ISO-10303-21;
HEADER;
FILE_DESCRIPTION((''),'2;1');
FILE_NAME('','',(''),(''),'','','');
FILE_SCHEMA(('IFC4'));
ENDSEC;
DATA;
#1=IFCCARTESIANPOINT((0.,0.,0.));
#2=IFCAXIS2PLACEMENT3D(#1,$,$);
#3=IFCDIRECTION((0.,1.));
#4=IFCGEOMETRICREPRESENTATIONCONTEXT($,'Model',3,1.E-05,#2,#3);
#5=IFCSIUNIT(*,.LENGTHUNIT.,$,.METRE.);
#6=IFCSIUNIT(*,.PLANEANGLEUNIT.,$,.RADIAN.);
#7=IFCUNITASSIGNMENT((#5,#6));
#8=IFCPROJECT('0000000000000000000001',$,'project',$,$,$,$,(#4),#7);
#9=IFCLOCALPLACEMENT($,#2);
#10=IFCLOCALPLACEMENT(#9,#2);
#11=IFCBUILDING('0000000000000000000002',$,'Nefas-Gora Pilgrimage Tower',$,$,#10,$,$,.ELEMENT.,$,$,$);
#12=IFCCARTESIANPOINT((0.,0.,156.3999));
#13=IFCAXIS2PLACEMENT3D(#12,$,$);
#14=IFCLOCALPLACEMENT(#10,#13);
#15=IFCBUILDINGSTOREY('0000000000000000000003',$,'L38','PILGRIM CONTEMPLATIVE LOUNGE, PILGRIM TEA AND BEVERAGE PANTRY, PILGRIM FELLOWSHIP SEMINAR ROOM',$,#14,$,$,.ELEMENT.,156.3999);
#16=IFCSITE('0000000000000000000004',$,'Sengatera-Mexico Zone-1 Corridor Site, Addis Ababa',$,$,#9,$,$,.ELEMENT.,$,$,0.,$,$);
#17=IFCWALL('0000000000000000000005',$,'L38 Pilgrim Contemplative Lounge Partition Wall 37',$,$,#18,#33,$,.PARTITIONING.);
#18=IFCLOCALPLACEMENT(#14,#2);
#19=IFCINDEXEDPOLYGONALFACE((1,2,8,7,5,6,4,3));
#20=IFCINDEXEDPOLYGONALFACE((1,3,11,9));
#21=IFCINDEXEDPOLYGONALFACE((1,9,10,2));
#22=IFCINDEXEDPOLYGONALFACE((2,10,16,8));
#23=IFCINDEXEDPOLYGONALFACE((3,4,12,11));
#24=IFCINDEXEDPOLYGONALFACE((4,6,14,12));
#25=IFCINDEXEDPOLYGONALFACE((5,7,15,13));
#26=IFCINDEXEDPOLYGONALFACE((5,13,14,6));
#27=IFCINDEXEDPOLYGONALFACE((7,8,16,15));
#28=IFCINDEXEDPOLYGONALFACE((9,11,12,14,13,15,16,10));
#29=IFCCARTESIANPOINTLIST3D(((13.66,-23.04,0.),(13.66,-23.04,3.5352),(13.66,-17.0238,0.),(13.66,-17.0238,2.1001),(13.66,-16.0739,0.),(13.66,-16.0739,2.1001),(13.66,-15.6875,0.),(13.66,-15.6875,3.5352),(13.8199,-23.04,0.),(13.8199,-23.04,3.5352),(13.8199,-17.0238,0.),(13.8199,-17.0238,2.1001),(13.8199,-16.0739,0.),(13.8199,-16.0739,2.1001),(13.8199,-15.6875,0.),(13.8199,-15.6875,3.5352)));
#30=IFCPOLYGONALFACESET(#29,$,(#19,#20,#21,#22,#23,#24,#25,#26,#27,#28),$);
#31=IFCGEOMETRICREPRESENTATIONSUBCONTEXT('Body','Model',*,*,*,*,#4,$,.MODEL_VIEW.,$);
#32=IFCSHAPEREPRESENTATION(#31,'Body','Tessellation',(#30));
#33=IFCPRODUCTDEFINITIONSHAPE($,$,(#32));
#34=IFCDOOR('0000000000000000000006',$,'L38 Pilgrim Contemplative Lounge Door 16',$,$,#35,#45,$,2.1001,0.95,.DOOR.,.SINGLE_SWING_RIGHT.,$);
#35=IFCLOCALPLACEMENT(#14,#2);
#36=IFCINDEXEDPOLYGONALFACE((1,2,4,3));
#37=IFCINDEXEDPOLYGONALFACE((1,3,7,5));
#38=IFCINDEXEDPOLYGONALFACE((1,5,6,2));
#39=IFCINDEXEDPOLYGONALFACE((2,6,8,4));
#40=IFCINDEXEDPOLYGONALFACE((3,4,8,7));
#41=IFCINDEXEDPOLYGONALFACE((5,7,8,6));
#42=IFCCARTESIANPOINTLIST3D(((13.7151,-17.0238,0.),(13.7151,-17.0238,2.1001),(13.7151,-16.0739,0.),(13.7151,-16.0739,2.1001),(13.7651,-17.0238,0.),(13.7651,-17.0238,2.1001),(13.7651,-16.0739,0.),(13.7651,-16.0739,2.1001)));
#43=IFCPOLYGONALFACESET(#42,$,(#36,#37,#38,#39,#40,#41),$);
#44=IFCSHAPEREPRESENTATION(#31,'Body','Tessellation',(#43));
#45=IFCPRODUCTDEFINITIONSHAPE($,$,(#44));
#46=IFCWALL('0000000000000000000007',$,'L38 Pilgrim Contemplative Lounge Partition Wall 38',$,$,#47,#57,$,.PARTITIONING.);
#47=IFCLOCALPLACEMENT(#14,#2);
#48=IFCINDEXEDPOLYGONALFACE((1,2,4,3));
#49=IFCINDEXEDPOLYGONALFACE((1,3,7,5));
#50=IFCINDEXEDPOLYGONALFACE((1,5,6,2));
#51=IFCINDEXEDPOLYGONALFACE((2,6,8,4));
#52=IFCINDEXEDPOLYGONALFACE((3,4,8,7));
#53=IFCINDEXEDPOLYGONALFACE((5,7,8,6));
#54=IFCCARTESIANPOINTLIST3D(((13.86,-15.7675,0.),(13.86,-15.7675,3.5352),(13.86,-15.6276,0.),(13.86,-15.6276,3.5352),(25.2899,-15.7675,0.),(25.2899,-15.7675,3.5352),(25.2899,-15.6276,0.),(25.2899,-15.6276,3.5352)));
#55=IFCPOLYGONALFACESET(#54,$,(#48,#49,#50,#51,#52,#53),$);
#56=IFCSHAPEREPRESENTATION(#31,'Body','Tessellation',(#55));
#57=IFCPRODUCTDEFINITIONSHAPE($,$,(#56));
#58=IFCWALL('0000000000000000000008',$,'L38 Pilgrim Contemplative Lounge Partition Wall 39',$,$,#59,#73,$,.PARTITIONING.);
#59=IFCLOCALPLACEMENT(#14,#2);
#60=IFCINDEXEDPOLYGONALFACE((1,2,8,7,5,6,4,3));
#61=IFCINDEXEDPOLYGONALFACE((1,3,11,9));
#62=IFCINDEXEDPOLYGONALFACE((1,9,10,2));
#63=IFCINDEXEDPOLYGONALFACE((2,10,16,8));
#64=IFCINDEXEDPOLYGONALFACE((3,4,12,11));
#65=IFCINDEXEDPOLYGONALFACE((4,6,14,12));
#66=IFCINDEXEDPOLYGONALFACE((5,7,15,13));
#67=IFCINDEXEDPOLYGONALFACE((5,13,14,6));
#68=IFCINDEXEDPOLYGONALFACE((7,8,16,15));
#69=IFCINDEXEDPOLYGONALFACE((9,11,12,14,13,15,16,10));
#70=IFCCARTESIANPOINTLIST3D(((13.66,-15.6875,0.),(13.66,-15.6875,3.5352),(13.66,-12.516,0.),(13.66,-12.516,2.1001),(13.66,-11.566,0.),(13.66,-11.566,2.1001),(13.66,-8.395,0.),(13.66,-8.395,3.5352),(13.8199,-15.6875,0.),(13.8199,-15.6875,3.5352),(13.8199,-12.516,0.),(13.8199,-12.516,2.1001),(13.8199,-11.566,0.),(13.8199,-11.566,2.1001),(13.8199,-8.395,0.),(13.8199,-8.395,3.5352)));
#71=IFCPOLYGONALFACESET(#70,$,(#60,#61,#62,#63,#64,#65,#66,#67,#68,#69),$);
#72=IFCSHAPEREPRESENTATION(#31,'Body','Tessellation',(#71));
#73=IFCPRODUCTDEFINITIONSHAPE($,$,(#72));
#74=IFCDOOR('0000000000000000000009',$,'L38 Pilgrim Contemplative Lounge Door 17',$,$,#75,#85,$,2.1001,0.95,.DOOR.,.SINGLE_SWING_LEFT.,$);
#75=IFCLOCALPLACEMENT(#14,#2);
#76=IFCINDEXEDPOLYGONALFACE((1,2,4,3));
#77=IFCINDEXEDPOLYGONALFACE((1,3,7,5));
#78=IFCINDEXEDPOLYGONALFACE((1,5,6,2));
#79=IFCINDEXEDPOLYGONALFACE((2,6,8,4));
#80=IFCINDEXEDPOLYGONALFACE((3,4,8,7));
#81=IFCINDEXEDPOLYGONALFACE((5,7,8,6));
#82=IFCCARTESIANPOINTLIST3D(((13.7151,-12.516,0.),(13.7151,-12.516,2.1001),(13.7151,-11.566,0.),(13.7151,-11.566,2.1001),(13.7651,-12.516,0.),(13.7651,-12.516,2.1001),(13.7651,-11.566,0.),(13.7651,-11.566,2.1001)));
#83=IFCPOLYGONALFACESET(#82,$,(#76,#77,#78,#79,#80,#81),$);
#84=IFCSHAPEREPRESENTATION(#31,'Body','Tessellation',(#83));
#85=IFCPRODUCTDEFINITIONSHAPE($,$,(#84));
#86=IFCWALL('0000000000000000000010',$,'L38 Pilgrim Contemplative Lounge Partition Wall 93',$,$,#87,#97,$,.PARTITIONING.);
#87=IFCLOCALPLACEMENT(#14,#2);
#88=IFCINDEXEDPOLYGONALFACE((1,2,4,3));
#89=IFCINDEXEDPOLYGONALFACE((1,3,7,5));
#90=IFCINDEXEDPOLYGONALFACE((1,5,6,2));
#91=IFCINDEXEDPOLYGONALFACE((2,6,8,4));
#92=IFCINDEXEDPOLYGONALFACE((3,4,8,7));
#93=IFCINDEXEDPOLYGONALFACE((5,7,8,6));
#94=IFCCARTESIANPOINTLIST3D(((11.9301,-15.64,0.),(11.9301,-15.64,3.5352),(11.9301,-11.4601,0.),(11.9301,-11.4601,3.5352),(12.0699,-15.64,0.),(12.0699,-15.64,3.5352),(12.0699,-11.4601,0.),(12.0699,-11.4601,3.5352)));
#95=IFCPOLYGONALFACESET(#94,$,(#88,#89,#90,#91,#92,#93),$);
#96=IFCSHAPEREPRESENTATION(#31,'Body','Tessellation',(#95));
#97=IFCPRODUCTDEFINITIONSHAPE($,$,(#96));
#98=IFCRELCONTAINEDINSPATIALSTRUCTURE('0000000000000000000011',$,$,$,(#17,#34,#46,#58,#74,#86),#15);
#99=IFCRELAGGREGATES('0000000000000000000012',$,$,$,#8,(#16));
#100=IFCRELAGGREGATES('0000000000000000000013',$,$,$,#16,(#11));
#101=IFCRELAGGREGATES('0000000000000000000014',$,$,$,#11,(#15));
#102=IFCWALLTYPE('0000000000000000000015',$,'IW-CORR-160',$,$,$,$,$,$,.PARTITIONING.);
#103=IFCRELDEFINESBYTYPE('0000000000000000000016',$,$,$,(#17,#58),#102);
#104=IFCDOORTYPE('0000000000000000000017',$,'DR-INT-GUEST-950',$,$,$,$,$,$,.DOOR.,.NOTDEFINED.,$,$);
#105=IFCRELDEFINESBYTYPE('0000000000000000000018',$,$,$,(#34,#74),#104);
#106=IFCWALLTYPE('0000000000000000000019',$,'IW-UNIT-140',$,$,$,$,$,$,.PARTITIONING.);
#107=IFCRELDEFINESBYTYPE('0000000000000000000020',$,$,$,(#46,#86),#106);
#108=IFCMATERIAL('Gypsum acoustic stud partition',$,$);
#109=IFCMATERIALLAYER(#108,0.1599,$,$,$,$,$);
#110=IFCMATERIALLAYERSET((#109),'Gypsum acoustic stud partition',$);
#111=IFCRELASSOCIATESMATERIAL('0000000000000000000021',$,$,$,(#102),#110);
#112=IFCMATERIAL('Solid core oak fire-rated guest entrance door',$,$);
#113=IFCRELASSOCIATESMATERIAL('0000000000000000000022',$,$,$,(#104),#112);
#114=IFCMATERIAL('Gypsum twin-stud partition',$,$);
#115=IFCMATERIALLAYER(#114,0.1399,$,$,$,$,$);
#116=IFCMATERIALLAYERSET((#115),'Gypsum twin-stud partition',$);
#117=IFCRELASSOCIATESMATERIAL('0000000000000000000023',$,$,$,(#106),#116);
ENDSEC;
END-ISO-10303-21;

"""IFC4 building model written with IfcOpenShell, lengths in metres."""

from ifc_helpers import new_model, si_unit, direction, frame, frame_2d, origin, place, context, subcontext, project, spatial, rectangle, extrude, source, transform, mapped, material, layer, layer_set, type_object, element, fill, save


model = new_model("IFC4")

# Units and contexts
model_context = context("Model", 3, precision=1e-05, world=origin(), true_north=direction((0.0, 1.0)))
body_context = subcontext(model_context, "Body", "Model", "MODEL_VIEW")
ifc_project = project(units=[si_unit("LENGTHUNIT", "METRE"), si_unit("PLANEANGLEUNIT", "RADIAN")], contexts=[model_context])

# Site, building, storey
site_placement = place(None, origin())
site = spatial("IfcSite", under=ifc_project, at=site_placement, Name="Sengatera-Mexico Zone-1 Corridor Site, Addis Ababa", CompositionType="ELEMENT", RefElevation=0.0)
building_placement = place(site_placement, origin())
building = spatial("IfcBuilding", under=site, at=building_placement, Name="Nefas-Gora Pilgrimage Tower", CompositionType="ELEMENT")
storey_placement = place(building_placement, frame((0.0, 0.0, 156.3999)))
storey = spatial("IfcBuildingStorey", under=building, at=storey_placement, Name="L38", Description="PILGRIM CONTEMPLATIVE LOUNGE, PILGRIM TEA AND BEVERAGE PANTRY, PILGRIM FELLOWSHIP SEMINAR ROOM", CompositionType="ELEMENT", Elevation=156.3999)

# Wall, opening, door
ifc_material_1 = material(Name="Gypsum acoustic stud partition")
ifc_layer_1 = layer(ifc_material_1, 0.1599)
ifc_layer_set_1 = layer_set([ifc_layer_1], Name="Gypsum acoustic stud partition")
wall_type_1 = type_object("IfcWallType", Name="IW-CORR-160", PredefinedType="PARTITIONING", material=ifc_layer_set_1)
shared_shape_1 = source(origin(), body_context, "Body", "SweptSolid", [
    extrude(rectangle(XDim=7.3525, YDim=0.1599, at=frame_2d((3.6763, 0.0))), origin(), (0.0, 0.0, 1.0), 3.5352),
])
wall_1_placement = place(storey_placement, frame((13.74, -23.04, 0.0), z_axis=(0.0, 0.0, 1.0), x_axis=(0.0, 1.0, 0.0)))
wall_1 = element("IfcWall", 1, at=wall_1_placement, inside=storey, type_object=wall_type_1, Name="L38 Pilgrim Contemplative Lounge Partition Wall 37", PredefinedType="PARTITIONING", context=body_context, shape_type="MappedRepresentation", body=[
    mapped(shared_shape_1, transform((0.0, 0.0, 0.0), x_axis=(1.0, 0.0, 0.0), y_axis=(0.0, 1.0, 0.0), z_axis=(0.0, 0.0, 1.0), scale=1.0)),
])
opening_1_placement = place(wall_1_placement, frame((6.0161, 0.0, 0.0)))
opening_1 = element("IfcOpeningElement", 2, at=opening_1_placement, cuts=wall_1, PredefinedType="OPENING", context=body_context, shape_type="SweptSolid", body=[
    extrude(rectangle(XDim=0.95, YDim=2.1001, at=frame_2d((0.4751, 1.05))), frame((0.0, 0.0898, 0.0), z_axis=(0.0, -1.0, 0.0), x_axis=(1.0, 0.0, 0.0)), (0.0, 0.0, 1.0), 0.1799),
])
ifc_material_2 = material(Name="Solid core oak fire-rated guest entrance door")
door_type = type_object("IfcDoorType", Name="DR-INT-GUEST-950", OperationType="NOTDEFINED", PredefinedType="DOOR", material=ifc_material_2)
shared_shape_2 = source(origin(), body_context, "Body", "SweptSolid", [
    extrude(rectangle(XDim=0.95, YDim=2.1001, at=frame_2d((0.4751, 1.05))), frame((0.0, 0.0249, 0.0), z_axis=(0.0, -1.0, 0.0), x_axis=(1.0, 0.0, 0.0)), (0.0, 0.0, 1.0), 0.05),
])
door_1_placement = place(opening_1_placement, origin())
door_1 = element("IfcDoor", 3, at=door_1_placement, inside=storey, type_object=door_type, Name="L38 Pilgrim Contemplative Lounge Door 16", OperationType="SINGLE_SWING_RIGHT", OverallHeight=2.1001, OverallWidth=0.95, PredefinedType="DOOR", context=body_context, shape_type="MappedRepresentation", body=[
    mapped(shared_shape_2, transform((0.0, 0.0, 0.0), x_axis=(1.0, 0.0, 0.0), y_axis=(0.0, 1.0, 0.0), z_axis=(0.0, 0.0, 1.0), scale=1.0)),
])
fill(opening_1, door_1)

# Wall
ifc_material_3 = material(Name="Gypsum twin-stud partition")
ifc_layer_2 = layer(ifc_material_3, 0.1399)
ifc_layer_set_2 = layer_set([ifc_layer_2], Name="Gypsum twin-stud partition")
wall_type_2 = type_object("IfcWallType", Name="IW-UNIT-140", PredefinedType="PARTITIONING", material=ifc_layer_set_2)
shared_shape_3 = source(origin(), body_context, "Body", "SweptSolid", [
    extrude(rectangle(XDim=11.4299, YDim=0.1399, at=frame_2d((5.7148, 0.0))), origin(), (0.0, 0.0, 1.0), 3.5352),
])
wall_2_placement = place(storey_placement, frame((13.8601, -15.6975, 0.0), z_axis=(0.0, 0.0, 1.0), x_axis=(1.0, 0.0, 0.0)))
element("IfcWall", 4, at=wall_2_placement, inside=storey, type_object=wall_type_2, Name="L38 Pilgrim Contemplative Lounge Partition Wall 38", PredefinedType="PARTITIONING", context=body_context, shape_type="MappedRepresentation", body=[
    mapped(shared_shape_3, transform((0.0, 0.0, 0.0), x_axis=(1.0, 0.0, 0.0), y_axis=(0.0, 1.0, 0.0), z_axis=(0.0, 0.0, 1.0), scale=1.0)),
])

# Wall, opening, door
shared_shape_4 = source(origin(), body_context, "Body", "SweptSolid", [
    extrude(rectangle(XDim=7.2925, YDim=0.1599, at=frame_2d((3.6462, 0.0))), origin(), (0.0, 0.0, 1.0), 3.5352),
])
wall_3_placement = place(storey_placement, frame((13.74, -15.6875, 0.0), z_axis=(0.0, 0.0, 1.0), x_axis=(0.0, 1.0, 0.0)))
wall_3 = element("IfcWall", 5, at=wall_3_placement, inside=storey, type_object=wall_type_1, Name="L38 Pilgrim Contemplative Lounge Partition Wall 39", PredefinedType="PARTITIONING", context=body_context, shape_type="MappedRepresentation", body=[
    mapped(shared_shape_4, transform((0.0, 0.0, 0.0), x_axis=(1.0, 0.0, 0.0), y_axis=(0.0, 1.0, 0.0), z_axis=(0.0, 0.0, 1.0), scale=1.0)),
])
opening_2_placement = place(wall_3_placement, frame((3.1714, 0.0, 0.0)))
opening_2 = element("IfcOpeningElement", 6, at=opening_2_placement, cuts=wall_3, PredefinedType="OPENING", context=body_context, shape_type="SweptSolid", body=[
    extrude(rectangle(XDim=0.95, YDim=2.1001, at=frame_2d((0.4751, 1.05))), frame((0.0, 0.0898, 0.0), z_axis=(0.0, -1.0, 0.0), x_axis=(1.0, 0.0, 0.0)), (0.0, 0.0, 1.0), 0.1799),
])
door_2_placement = place(opening_2_placement, origin())
door_2 = element("IfcDoor", 7, at=door_2_placement, inside=storey, type_object=door_type, Name="L38 Pilgrim Contemplative Lounge Door 17", OperationType="SINGLE_SWING_LEFT", OverallHeight=2.1001, OverallWidth=0.95, PredefinedType="DOOR", context=body_context, shape_type="MappedRepresentation", body=[
    mapped(shared_shape_2, transform((0.0, 0.0, 0.0), x_axis=(1.0, 0.0, 0.0), y_axis=(0.0, 1.0, 0.0), z_axis=(0.0, 0.0, 1.0), scale=1.0)),
])
fill(opening_2, door_2)

# Wall
shared_shape_5 = source(origin(), body_context, "Body", "SweptSolid", [
    extrude(rectangle(XDim=4.1799, YDim=0.1399, at=frame_2d((2.0898, 0.0))), origin(), (0.0, 0.0, 1.0), 3.5352),
])
wall_4_placement = place(storey_placement, frame((12.0, -15.6399, 0.0), z_axis=(0.0, 0.0, 1.0), x_axis=(0.0, 1.0, 0.0)))
element("IfcWall", 8, at=wall_4_placement, inside=storey, type_object=wall_type_2, Name="L38 Pilgrim Contemplative Lounge Partition Wall 93", PredefinedType="PARTITIONING", context=body_context, shape_type="MappedRepresentation", body=[
    mapped(shared_shape_5, transform((0.0, 0.0, 0.0), x_axis=(1.0, 0.0, 0.0), y_axis=(0.0, 1.0, 0.0), z_axis=(0.0, 0.0, 1.0), scale=1.0)),
])

save(model, "model.ifc")
